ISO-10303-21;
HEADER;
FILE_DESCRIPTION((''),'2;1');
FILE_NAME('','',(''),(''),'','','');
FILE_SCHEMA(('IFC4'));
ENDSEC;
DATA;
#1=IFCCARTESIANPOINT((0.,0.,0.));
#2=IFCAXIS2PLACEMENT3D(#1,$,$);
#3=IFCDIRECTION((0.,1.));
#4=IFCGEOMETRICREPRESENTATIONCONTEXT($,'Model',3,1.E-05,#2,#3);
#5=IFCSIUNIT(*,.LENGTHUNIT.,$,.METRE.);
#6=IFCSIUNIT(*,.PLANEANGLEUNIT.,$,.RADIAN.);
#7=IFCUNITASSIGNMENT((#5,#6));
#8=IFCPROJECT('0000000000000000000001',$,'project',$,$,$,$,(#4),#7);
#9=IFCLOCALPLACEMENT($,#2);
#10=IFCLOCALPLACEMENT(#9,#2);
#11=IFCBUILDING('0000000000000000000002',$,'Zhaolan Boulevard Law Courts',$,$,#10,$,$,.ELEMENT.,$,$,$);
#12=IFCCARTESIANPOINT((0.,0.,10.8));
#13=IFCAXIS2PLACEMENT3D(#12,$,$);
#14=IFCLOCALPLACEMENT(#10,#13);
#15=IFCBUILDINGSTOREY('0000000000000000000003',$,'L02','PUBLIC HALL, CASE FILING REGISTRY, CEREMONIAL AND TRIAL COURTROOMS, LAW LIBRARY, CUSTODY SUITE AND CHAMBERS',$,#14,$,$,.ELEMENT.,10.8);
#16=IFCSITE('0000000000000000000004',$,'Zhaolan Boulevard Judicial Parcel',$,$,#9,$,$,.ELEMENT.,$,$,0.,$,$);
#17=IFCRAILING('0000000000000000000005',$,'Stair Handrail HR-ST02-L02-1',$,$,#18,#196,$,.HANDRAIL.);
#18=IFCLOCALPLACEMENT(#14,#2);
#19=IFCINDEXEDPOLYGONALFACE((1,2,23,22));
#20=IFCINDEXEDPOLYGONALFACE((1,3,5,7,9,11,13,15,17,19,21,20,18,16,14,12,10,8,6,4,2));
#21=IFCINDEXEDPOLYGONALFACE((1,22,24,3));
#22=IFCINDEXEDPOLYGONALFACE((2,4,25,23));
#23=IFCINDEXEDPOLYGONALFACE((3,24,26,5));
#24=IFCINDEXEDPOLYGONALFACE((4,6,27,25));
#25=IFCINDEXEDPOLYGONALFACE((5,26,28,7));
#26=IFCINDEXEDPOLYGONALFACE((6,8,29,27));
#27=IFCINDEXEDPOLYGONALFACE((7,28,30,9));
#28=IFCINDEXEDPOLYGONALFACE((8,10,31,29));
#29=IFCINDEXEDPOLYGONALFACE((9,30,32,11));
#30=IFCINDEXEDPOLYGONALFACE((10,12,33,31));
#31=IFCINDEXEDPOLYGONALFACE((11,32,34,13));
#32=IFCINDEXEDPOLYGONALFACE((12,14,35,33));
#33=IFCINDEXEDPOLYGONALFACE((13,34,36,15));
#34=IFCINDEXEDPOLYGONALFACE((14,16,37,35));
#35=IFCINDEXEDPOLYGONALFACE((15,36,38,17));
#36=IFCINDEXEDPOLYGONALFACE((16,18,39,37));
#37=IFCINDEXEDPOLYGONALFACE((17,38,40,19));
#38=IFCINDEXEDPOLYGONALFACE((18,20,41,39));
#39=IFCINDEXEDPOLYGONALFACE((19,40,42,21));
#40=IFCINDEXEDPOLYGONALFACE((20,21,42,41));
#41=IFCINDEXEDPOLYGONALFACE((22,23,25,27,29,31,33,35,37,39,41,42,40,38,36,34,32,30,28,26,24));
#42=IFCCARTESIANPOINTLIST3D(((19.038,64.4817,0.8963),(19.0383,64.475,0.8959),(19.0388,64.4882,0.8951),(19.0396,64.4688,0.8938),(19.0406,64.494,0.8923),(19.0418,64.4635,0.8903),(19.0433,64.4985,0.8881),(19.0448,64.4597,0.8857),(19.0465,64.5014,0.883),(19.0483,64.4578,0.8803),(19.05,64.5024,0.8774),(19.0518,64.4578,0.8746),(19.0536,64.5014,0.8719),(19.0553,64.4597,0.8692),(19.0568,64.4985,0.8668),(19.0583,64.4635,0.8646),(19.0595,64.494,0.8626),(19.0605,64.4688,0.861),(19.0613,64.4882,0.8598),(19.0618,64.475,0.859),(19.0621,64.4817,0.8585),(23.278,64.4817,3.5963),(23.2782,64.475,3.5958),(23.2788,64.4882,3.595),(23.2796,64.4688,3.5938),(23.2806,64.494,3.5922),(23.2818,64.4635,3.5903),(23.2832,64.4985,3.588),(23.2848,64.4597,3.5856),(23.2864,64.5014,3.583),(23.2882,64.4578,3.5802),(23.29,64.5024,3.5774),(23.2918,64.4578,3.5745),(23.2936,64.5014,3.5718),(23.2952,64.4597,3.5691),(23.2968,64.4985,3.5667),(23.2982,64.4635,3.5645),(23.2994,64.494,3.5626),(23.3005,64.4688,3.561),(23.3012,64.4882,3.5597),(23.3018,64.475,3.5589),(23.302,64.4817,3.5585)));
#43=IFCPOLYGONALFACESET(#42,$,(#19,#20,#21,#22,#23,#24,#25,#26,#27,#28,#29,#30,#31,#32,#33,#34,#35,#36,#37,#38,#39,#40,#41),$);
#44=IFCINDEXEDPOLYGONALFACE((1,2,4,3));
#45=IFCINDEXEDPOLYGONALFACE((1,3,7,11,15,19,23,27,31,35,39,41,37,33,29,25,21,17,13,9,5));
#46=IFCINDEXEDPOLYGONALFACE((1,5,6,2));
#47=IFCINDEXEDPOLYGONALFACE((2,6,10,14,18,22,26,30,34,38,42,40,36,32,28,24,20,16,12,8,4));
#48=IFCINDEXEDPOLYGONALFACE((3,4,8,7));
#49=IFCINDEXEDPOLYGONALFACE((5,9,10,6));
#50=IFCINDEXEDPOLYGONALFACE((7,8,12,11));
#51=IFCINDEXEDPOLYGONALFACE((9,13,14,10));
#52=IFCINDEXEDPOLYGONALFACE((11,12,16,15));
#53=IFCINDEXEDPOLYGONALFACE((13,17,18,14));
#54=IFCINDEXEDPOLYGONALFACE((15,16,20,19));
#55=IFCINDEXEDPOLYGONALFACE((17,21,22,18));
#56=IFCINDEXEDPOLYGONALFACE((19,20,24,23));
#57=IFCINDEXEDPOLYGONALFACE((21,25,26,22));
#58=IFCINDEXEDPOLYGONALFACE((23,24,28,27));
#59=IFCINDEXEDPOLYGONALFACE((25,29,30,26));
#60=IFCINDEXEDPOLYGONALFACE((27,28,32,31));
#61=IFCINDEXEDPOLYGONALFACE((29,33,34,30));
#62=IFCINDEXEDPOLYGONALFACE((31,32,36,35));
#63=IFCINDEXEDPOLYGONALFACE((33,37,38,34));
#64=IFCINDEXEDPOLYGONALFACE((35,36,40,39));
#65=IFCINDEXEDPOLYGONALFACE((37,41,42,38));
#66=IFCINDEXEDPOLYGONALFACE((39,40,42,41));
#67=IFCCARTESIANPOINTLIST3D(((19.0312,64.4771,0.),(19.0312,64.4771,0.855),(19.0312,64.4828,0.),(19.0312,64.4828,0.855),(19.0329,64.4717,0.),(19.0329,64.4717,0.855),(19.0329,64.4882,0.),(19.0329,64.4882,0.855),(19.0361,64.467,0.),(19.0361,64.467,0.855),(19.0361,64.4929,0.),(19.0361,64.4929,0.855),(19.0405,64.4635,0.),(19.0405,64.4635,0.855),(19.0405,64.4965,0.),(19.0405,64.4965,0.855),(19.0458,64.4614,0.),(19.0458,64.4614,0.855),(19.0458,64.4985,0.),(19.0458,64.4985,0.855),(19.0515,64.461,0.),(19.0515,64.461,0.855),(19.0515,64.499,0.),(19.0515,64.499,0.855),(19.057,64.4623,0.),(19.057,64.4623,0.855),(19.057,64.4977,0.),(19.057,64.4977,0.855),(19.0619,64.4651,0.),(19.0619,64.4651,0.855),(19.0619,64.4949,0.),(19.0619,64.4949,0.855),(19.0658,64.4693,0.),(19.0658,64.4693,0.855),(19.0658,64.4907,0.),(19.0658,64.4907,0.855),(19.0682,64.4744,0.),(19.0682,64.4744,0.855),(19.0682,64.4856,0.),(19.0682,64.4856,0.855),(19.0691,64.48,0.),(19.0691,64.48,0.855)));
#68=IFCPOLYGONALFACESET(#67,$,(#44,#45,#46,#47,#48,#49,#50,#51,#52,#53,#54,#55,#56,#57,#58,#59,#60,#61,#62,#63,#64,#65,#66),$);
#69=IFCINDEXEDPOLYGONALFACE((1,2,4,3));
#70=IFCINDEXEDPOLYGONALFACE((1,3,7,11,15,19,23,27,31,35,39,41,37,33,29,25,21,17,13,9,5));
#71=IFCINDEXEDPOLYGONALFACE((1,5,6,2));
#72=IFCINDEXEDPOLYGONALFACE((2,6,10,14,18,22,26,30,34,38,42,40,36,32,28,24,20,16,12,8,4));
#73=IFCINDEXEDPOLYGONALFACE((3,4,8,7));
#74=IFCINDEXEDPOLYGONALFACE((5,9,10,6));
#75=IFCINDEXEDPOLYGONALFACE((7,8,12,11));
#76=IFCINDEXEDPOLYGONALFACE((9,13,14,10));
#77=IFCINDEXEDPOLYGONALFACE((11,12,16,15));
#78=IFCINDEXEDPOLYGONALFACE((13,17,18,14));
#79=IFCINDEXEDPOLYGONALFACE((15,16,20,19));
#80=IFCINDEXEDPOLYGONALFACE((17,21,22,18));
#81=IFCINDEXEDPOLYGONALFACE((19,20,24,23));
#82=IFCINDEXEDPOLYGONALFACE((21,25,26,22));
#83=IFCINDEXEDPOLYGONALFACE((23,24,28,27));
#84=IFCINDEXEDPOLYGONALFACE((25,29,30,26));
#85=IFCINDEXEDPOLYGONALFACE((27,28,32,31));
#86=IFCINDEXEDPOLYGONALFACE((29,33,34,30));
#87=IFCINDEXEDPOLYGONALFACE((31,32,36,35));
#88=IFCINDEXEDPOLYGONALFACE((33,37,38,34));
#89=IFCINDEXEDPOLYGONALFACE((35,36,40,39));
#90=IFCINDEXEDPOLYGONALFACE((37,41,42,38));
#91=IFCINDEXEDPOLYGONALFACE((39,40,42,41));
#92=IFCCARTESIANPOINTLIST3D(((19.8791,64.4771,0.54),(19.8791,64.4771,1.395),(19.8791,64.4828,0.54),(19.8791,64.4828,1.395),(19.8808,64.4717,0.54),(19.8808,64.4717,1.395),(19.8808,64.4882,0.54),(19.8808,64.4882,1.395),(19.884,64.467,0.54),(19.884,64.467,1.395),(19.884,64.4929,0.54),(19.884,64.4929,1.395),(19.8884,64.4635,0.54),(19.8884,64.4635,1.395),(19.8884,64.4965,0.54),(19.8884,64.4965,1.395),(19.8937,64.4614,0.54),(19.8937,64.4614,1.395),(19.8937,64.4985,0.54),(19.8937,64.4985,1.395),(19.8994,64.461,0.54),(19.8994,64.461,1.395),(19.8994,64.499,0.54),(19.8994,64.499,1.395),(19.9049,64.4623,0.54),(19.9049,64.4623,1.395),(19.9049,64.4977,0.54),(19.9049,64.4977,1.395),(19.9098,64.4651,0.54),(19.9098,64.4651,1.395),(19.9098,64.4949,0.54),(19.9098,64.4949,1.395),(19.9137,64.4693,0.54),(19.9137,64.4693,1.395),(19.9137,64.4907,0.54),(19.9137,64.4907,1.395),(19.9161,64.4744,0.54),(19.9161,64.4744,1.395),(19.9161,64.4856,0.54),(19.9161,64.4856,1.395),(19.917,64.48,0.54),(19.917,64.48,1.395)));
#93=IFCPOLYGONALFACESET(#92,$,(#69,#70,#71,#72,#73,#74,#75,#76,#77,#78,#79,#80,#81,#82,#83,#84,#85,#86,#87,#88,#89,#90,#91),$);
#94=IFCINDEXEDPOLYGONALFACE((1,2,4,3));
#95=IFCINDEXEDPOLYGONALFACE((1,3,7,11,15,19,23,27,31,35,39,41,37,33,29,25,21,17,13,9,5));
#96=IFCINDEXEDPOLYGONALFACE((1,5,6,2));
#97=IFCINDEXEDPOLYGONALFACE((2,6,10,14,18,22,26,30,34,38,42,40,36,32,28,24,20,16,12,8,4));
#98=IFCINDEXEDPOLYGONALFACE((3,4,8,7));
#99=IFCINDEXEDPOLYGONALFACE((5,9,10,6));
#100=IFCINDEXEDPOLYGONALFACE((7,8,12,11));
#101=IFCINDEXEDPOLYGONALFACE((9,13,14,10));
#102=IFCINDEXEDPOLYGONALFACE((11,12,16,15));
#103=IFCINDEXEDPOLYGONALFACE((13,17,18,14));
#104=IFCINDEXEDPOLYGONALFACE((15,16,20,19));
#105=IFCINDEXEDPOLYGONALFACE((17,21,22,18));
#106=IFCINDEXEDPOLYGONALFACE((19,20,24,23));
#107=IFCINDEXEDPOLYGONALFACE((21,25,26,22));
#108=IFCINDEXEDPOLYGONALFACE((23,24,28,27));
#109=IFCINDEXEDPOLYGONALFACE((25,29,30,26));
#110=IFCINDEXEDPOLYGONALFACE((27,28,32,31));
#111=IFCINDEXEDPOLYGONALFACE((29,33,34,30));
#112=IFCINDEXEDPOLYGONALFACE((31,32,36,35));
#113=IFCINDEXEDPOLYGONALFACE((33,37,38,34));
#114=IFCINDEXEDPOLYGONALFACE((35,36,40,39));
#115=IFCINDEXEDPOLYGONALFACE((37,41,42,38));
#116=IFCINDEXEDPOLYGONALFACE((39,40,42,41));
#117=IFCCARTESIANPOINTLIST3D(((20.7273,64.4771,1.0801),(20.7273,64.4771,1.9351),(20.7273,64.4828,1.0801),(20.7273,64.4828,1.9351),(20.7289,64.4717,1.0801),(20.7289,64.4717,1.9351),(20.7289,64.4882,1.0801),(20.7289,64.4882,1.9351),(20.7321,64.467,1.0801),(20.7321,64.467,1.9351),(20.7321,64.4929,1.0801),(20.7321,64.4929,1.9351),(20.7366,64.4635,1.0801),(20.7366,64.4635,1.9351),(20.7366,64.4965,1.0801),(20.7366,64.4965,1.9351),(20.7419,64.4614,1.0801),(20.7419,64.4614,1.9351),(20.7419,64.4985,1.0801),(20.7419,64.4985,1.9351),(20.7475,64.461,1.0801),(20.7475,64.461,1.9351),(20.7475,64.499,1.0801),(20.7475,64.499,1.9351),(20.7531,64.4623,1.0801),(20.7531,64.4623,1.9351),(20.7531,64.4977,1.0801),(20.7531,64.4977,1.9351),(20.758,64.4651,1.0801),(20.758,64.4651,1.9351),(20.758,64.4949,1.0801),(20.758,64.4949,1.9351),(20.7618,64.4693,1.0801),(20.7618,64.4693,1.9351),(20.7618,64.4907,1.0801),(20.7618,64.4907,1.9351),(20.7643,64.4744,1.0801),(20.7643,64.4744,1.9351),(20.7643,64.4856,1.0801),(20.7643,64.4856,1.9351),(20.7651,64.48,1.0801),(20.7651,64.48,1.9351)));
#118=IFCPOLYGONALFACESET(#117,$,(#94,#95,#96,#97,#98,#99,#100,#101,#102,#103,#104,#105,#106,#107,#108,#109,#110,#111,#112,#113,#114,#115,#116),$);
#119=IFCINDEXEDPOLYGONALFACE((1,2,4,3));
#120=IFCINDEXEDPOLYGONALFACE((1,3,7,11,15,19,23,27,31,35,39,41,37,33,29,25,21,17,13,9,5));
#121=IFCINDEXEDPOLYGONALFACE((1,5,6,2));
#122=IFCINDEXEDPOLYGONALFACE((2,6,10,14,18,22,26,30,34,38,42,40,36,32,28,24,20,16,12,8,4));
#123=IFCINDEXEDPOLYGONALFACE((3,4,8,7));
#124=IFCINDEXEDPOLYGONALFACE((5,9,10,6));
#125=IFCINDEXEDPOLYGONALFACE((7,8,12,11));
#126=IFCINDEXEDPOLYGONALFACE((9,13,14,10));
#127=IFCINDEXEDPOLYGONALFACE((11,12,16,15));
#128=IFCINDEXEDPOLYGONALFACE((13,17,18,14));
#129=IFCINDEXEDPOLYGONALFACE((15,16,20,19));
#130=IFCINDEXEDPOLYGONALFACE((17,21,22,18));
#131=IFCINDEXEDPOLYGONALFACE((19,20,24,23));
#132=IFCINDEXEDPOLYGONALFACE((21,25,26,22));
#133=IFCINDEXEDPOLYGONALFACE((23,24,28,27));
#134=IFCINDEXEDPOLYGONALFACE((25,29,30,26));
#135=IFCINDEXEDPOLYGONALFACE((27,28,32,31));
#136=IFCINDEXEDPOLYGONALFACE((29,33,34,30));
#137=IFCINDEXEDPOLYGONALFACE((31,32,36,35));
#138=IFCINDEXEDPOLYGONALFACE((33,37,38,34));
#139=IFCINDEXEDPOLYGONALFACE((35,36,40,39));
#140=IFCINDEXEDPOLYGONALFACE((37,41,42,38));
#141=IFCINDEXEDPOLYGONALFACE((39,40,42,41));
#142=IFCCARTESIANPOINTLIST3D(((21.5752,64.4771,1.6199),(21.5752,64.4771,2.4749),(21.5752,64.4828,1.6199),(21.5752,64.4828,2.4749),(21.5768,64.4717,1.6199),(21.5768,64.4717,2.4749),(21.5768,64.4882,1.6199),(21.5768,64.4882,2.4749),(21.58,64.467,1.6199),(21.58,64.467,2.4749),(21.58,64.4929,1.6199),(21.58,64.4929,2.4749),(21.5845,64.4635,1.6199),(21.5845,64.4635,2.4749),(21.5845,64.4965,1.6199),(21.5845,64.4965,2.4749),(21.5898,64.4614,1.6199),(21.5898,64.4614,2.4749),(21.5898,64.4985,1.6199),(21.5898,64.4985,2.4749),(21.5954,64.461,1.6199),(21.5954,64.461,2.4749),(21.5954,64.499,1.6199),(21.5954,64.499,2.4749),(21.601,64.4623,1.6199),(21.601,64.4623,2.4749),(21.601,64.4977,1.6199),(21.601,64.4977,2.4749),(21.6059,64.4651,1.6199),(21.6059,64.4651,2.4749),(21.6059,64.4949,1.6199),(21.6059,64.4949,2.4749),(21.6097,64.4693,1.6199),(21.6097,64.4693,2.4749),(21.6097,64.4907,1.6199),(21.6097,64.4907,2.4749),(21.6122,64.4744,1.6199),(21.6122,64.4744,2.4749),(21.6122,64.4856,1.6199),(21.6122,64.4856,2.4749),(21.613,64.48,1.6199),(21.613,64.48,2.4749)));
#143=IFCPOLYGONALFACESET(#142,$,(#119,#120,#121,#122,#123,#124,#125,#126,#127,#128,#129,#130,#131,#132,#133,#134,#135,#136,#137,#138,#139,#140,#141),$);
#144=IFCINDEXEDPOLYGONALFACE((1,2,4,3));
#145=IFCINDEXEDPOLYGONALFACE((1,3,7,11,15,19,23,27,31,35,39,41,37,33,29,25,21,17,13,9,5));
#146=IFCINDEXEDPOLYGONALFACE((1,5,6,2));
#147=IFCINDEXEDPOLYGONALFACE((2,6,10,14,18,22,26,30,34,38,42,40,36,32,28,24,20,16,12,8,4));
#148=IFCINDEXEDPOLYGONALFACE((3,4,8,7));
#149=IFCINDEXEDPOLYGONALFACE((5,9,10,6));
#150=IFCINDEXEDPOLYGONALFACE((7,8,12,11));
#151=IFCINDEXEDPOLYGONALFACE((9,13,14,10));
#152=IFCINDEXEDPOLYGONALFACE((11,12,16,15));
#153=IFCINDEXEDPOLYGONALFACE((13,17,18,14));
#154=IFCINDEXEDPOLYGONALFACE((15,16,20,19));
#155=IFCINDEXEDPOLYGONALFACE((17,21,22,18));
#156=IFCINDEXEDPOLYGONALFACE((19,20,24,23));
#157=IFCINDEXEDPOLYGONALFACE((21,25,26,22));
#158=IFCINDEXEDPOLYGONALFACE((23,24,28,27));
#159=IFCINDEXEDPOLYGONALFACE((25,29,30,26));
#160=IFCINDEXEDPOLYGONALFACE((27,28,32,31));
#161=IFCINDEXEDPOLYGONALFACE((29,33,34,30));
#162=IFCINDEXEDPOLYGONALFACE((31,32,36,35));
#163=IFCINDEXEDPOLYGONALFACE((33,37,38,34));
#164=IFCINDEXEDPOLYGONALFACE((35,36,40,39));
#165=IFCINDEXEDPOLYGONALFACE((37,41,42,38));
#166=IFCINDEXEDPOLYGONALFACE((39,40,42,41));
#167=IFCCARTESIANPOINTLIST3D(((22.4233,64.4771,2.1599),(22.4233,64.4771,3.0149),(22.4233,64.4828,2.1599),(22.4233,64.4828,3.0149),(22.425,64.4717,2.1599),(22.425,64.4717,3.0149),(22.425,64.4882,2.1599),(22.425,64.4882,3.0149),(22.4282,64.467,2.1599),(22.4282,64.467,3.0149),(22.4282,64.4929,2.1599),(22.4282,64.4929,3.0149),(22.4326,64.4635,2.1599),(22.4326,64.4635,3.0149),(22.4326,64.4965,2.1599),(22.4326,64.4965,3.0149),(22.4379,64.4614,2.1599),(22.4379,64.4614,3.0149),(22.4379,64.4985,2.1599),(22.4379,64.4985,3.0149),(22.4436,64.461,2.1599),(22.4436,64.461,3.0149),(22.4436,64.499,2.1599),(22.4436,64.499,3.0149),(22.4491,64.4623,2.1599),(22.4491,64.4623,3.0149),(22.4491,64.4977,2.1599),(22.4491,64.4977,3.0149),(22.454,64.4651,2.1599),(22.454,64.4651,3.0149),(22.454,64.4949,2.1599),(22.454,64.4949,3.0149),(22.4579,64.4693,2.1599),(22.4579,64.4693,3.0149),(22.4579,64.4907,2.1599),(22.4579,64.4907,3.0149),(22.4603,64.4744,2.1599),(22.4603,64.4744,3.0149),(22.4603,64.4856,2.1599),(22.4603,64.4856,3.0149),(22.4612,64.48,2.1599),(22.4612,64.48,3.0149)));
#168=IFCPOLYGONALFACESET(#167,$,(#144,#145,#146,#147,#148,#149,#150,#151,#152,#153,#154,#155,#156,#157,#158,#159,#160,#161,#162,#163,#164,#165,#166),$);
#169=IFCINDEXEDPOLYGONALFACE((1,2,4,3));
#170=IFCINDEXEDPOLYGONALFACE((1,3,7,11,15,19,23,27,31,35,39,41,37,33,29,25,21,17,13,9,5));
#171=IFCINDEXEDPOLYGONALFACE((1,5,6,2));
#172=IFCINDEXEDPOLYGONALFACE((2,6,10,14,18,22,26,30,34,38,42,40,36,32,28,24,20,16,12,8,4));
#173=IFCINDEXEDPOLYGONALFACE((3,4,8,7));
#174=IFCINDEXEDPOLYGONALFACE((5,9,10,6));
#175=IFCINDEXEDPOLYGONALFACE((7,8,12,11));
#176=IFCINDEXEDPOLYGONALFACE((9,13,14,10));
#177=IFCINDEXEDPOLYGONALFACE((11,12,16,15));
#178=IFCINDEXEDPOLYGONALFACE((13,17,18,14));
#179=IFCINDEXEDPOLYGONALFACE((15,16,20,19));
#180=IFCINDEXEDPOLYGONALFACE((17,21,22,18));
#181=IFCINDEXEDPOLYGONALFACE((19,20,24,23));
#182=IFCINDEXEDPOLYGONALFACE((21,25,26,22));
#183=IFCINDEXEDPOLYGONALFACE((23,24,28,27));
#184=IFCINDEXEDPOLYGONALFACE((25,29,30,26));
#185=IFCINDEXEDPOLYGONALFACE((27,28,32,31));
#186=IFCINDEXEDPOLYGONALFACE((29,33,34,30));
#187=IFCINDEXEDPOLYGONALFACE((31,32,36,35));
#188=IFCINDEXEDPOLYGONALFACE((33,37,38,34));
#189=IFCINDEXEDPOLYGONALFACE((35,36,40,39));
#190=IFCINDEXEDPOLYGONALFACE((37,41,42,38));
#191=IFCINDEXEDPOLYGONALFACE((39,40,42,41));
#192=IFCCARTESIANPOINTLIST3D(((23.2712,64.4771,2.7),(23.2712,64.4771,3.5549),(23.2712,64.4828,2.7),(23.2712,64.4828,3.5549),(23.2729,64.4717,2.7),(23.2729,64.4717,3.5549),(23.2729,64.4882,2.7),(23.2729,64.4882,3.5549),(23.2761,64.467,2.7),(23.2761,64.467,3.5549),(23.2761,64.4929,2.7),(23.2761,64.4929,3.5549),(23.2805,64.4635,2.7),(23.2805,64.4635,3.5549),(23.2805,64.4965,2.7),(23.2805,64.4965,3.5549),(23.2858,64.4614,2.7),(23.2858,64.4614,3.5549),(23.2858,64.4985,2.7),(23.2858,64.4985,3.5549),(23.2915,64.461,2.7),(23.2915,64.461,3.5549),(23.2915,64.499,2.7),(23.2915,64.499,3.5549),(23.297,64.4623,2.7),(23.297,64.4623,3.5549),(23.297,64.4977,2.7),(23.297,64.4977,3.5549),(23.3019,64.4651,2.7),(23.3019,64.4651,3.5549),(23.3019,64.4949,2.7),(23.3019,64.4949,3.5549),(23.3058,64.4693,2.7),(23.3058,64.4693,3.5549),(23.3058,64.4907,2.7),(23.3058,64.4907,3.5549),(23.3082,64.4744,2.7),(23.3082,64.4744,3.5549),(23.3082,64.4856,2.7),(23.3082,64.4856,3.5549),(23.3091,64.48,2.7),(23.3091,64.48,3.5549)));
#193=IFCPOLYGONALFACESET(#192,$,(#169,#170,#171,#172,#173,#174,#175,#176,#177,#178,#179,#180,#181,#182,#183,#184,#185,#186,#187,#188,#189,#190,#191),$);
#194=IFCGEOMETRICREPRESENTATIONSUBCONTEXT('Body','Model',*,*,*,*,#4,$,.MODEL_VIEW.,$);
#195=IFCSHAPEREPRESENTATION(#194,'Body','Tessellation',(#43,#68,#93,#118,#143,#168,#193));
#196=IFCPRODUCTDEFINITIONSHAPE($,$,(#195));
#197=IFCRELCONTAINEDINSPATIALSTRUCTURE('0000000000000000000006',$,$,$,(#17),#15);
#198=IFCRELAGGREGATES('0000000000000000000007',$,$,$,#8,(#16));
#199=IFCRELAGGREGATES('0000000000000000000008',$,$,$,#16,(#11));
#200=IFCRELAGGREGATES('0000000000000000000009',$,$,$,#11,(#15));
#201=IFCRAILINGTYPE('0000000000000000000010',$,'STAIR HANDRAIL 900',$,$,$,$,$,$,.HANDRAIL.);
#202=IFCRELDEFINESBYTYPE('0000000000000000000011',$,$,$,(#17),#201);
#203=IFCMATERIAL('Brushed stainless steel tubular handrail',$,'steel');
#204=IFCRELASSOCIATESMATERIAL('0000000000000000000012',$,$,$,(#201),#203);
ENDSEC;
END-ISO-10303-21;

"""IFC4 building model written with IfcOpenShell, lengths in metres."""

from ifc_helpers import new_model, si_unit, direction, frame, origin, origin_2d, place, context, subcontext, project, spatial, circle, extrude, material, type_object, element, save


model = new_model("IFC4")

# Units and contexts
model_context = context("Model", 3, precision=1e-05, world=origin(), true_north=direction((0.0, 1.0)))
body_context = subcontext(model_context, "Body", "Model", "MODEL_VIEW")
ifc_project = project(units=[si_unit("LENGTHUNIT", "METRE"), si_unit("PLANEANGLEUNIT", "RADIAN")], contexts=[model_context])

# Site, building, storey
site_placement = place(None, origin())
site = spatial("IfcSite", under=ifc_project, at=site_placement, Name="Zhaolan Boulevard Judicial Parcel", CompositionType="ELEMENT", RefElevation=0.0)
building_placement = place(site_placement, origin())
building = spatial("IfcBuilding", under=site, at=building_placement, Name="Zhaolan Boulevard Law Courts", CompositionType="ELEMENT")
storey_placement = place(building_placement, frame((0.0, 0.0, 10.8)))
storey = spatial("IfcBuildingStorey", under=building, at=storey_placement, Name="L02", Description="PUBLIC HALL, CASE FILING REGISTRY, CEREMONIAL AND TRIAL COURTROOMS, LAW LIBRARY, CUSTODY SUITE AND CHAMBERS", CompositionType="ELEMENT", Elevation=10.8)

# Railing
ifc_material_1 = material(Name="Brushed stainless steel tubular handrail", Category="steel")
railing_type_1 = type_object("IfcRailingType", Name="STAIR HANDRAIL 900", PredefinedType="HANDRAIL", material=ifc_material_1)
railing_1_placement = place(storey_placement, frame((19.05, 64.48, 0.0)))
element("IfcRailing", 1, at=railing_1_placement, inside=storey, type_object=railing_type_1, Name="Stair Handrail HR-ST02-L02-1", PredefinedType="HANDRAIL", context=body_context, shape_type="SweptSolid", body=[
    extrude(circle(Radius=0.0225, at=origin_2d()), frame((0.0, 0.0, 0.8774), z_axis=(0.843501, 0.0, 0.537127), x_axis=(0.0, 1.0, 0.0)), (0.0, 0.0, 1.0), 5.0266),
    extrude(circle(Radius=0.019, at=origin_2d()), origin(), (0.0, 0.0, 1.0), 0.855),
    extrude(circle(Radius=0.019, at=origin_2d()), frame((0.8479, 0.0, 0.54)), (0.0, 0.0, 1.0), 0.855),
    extrude(circle(Radius=0.019, at=origin_2d()), frame((1.696, 0.0, 1.0801)), (0.0, 0.0, 1.0), 0.855),
    extrude(circle(Radius=0.019, at=origin_2d()), frame((2.5439, 0.0, 1.6199)), (0.0, 0.0, 1.0), 0.855),
    extrude(circle(Radius=0.019, at=origin_2d()), frame((3.3921, 0.0, 2.1599)), (0.0, 0.0, 1.0), 0.855),
    extrude(circle(Radius=0.019, at=origin_2d()), frame((4.24, 0.0, 2.7)), (0.0, 0.0, 1.0), 0.855),
])

save(model, "model.ifc")
